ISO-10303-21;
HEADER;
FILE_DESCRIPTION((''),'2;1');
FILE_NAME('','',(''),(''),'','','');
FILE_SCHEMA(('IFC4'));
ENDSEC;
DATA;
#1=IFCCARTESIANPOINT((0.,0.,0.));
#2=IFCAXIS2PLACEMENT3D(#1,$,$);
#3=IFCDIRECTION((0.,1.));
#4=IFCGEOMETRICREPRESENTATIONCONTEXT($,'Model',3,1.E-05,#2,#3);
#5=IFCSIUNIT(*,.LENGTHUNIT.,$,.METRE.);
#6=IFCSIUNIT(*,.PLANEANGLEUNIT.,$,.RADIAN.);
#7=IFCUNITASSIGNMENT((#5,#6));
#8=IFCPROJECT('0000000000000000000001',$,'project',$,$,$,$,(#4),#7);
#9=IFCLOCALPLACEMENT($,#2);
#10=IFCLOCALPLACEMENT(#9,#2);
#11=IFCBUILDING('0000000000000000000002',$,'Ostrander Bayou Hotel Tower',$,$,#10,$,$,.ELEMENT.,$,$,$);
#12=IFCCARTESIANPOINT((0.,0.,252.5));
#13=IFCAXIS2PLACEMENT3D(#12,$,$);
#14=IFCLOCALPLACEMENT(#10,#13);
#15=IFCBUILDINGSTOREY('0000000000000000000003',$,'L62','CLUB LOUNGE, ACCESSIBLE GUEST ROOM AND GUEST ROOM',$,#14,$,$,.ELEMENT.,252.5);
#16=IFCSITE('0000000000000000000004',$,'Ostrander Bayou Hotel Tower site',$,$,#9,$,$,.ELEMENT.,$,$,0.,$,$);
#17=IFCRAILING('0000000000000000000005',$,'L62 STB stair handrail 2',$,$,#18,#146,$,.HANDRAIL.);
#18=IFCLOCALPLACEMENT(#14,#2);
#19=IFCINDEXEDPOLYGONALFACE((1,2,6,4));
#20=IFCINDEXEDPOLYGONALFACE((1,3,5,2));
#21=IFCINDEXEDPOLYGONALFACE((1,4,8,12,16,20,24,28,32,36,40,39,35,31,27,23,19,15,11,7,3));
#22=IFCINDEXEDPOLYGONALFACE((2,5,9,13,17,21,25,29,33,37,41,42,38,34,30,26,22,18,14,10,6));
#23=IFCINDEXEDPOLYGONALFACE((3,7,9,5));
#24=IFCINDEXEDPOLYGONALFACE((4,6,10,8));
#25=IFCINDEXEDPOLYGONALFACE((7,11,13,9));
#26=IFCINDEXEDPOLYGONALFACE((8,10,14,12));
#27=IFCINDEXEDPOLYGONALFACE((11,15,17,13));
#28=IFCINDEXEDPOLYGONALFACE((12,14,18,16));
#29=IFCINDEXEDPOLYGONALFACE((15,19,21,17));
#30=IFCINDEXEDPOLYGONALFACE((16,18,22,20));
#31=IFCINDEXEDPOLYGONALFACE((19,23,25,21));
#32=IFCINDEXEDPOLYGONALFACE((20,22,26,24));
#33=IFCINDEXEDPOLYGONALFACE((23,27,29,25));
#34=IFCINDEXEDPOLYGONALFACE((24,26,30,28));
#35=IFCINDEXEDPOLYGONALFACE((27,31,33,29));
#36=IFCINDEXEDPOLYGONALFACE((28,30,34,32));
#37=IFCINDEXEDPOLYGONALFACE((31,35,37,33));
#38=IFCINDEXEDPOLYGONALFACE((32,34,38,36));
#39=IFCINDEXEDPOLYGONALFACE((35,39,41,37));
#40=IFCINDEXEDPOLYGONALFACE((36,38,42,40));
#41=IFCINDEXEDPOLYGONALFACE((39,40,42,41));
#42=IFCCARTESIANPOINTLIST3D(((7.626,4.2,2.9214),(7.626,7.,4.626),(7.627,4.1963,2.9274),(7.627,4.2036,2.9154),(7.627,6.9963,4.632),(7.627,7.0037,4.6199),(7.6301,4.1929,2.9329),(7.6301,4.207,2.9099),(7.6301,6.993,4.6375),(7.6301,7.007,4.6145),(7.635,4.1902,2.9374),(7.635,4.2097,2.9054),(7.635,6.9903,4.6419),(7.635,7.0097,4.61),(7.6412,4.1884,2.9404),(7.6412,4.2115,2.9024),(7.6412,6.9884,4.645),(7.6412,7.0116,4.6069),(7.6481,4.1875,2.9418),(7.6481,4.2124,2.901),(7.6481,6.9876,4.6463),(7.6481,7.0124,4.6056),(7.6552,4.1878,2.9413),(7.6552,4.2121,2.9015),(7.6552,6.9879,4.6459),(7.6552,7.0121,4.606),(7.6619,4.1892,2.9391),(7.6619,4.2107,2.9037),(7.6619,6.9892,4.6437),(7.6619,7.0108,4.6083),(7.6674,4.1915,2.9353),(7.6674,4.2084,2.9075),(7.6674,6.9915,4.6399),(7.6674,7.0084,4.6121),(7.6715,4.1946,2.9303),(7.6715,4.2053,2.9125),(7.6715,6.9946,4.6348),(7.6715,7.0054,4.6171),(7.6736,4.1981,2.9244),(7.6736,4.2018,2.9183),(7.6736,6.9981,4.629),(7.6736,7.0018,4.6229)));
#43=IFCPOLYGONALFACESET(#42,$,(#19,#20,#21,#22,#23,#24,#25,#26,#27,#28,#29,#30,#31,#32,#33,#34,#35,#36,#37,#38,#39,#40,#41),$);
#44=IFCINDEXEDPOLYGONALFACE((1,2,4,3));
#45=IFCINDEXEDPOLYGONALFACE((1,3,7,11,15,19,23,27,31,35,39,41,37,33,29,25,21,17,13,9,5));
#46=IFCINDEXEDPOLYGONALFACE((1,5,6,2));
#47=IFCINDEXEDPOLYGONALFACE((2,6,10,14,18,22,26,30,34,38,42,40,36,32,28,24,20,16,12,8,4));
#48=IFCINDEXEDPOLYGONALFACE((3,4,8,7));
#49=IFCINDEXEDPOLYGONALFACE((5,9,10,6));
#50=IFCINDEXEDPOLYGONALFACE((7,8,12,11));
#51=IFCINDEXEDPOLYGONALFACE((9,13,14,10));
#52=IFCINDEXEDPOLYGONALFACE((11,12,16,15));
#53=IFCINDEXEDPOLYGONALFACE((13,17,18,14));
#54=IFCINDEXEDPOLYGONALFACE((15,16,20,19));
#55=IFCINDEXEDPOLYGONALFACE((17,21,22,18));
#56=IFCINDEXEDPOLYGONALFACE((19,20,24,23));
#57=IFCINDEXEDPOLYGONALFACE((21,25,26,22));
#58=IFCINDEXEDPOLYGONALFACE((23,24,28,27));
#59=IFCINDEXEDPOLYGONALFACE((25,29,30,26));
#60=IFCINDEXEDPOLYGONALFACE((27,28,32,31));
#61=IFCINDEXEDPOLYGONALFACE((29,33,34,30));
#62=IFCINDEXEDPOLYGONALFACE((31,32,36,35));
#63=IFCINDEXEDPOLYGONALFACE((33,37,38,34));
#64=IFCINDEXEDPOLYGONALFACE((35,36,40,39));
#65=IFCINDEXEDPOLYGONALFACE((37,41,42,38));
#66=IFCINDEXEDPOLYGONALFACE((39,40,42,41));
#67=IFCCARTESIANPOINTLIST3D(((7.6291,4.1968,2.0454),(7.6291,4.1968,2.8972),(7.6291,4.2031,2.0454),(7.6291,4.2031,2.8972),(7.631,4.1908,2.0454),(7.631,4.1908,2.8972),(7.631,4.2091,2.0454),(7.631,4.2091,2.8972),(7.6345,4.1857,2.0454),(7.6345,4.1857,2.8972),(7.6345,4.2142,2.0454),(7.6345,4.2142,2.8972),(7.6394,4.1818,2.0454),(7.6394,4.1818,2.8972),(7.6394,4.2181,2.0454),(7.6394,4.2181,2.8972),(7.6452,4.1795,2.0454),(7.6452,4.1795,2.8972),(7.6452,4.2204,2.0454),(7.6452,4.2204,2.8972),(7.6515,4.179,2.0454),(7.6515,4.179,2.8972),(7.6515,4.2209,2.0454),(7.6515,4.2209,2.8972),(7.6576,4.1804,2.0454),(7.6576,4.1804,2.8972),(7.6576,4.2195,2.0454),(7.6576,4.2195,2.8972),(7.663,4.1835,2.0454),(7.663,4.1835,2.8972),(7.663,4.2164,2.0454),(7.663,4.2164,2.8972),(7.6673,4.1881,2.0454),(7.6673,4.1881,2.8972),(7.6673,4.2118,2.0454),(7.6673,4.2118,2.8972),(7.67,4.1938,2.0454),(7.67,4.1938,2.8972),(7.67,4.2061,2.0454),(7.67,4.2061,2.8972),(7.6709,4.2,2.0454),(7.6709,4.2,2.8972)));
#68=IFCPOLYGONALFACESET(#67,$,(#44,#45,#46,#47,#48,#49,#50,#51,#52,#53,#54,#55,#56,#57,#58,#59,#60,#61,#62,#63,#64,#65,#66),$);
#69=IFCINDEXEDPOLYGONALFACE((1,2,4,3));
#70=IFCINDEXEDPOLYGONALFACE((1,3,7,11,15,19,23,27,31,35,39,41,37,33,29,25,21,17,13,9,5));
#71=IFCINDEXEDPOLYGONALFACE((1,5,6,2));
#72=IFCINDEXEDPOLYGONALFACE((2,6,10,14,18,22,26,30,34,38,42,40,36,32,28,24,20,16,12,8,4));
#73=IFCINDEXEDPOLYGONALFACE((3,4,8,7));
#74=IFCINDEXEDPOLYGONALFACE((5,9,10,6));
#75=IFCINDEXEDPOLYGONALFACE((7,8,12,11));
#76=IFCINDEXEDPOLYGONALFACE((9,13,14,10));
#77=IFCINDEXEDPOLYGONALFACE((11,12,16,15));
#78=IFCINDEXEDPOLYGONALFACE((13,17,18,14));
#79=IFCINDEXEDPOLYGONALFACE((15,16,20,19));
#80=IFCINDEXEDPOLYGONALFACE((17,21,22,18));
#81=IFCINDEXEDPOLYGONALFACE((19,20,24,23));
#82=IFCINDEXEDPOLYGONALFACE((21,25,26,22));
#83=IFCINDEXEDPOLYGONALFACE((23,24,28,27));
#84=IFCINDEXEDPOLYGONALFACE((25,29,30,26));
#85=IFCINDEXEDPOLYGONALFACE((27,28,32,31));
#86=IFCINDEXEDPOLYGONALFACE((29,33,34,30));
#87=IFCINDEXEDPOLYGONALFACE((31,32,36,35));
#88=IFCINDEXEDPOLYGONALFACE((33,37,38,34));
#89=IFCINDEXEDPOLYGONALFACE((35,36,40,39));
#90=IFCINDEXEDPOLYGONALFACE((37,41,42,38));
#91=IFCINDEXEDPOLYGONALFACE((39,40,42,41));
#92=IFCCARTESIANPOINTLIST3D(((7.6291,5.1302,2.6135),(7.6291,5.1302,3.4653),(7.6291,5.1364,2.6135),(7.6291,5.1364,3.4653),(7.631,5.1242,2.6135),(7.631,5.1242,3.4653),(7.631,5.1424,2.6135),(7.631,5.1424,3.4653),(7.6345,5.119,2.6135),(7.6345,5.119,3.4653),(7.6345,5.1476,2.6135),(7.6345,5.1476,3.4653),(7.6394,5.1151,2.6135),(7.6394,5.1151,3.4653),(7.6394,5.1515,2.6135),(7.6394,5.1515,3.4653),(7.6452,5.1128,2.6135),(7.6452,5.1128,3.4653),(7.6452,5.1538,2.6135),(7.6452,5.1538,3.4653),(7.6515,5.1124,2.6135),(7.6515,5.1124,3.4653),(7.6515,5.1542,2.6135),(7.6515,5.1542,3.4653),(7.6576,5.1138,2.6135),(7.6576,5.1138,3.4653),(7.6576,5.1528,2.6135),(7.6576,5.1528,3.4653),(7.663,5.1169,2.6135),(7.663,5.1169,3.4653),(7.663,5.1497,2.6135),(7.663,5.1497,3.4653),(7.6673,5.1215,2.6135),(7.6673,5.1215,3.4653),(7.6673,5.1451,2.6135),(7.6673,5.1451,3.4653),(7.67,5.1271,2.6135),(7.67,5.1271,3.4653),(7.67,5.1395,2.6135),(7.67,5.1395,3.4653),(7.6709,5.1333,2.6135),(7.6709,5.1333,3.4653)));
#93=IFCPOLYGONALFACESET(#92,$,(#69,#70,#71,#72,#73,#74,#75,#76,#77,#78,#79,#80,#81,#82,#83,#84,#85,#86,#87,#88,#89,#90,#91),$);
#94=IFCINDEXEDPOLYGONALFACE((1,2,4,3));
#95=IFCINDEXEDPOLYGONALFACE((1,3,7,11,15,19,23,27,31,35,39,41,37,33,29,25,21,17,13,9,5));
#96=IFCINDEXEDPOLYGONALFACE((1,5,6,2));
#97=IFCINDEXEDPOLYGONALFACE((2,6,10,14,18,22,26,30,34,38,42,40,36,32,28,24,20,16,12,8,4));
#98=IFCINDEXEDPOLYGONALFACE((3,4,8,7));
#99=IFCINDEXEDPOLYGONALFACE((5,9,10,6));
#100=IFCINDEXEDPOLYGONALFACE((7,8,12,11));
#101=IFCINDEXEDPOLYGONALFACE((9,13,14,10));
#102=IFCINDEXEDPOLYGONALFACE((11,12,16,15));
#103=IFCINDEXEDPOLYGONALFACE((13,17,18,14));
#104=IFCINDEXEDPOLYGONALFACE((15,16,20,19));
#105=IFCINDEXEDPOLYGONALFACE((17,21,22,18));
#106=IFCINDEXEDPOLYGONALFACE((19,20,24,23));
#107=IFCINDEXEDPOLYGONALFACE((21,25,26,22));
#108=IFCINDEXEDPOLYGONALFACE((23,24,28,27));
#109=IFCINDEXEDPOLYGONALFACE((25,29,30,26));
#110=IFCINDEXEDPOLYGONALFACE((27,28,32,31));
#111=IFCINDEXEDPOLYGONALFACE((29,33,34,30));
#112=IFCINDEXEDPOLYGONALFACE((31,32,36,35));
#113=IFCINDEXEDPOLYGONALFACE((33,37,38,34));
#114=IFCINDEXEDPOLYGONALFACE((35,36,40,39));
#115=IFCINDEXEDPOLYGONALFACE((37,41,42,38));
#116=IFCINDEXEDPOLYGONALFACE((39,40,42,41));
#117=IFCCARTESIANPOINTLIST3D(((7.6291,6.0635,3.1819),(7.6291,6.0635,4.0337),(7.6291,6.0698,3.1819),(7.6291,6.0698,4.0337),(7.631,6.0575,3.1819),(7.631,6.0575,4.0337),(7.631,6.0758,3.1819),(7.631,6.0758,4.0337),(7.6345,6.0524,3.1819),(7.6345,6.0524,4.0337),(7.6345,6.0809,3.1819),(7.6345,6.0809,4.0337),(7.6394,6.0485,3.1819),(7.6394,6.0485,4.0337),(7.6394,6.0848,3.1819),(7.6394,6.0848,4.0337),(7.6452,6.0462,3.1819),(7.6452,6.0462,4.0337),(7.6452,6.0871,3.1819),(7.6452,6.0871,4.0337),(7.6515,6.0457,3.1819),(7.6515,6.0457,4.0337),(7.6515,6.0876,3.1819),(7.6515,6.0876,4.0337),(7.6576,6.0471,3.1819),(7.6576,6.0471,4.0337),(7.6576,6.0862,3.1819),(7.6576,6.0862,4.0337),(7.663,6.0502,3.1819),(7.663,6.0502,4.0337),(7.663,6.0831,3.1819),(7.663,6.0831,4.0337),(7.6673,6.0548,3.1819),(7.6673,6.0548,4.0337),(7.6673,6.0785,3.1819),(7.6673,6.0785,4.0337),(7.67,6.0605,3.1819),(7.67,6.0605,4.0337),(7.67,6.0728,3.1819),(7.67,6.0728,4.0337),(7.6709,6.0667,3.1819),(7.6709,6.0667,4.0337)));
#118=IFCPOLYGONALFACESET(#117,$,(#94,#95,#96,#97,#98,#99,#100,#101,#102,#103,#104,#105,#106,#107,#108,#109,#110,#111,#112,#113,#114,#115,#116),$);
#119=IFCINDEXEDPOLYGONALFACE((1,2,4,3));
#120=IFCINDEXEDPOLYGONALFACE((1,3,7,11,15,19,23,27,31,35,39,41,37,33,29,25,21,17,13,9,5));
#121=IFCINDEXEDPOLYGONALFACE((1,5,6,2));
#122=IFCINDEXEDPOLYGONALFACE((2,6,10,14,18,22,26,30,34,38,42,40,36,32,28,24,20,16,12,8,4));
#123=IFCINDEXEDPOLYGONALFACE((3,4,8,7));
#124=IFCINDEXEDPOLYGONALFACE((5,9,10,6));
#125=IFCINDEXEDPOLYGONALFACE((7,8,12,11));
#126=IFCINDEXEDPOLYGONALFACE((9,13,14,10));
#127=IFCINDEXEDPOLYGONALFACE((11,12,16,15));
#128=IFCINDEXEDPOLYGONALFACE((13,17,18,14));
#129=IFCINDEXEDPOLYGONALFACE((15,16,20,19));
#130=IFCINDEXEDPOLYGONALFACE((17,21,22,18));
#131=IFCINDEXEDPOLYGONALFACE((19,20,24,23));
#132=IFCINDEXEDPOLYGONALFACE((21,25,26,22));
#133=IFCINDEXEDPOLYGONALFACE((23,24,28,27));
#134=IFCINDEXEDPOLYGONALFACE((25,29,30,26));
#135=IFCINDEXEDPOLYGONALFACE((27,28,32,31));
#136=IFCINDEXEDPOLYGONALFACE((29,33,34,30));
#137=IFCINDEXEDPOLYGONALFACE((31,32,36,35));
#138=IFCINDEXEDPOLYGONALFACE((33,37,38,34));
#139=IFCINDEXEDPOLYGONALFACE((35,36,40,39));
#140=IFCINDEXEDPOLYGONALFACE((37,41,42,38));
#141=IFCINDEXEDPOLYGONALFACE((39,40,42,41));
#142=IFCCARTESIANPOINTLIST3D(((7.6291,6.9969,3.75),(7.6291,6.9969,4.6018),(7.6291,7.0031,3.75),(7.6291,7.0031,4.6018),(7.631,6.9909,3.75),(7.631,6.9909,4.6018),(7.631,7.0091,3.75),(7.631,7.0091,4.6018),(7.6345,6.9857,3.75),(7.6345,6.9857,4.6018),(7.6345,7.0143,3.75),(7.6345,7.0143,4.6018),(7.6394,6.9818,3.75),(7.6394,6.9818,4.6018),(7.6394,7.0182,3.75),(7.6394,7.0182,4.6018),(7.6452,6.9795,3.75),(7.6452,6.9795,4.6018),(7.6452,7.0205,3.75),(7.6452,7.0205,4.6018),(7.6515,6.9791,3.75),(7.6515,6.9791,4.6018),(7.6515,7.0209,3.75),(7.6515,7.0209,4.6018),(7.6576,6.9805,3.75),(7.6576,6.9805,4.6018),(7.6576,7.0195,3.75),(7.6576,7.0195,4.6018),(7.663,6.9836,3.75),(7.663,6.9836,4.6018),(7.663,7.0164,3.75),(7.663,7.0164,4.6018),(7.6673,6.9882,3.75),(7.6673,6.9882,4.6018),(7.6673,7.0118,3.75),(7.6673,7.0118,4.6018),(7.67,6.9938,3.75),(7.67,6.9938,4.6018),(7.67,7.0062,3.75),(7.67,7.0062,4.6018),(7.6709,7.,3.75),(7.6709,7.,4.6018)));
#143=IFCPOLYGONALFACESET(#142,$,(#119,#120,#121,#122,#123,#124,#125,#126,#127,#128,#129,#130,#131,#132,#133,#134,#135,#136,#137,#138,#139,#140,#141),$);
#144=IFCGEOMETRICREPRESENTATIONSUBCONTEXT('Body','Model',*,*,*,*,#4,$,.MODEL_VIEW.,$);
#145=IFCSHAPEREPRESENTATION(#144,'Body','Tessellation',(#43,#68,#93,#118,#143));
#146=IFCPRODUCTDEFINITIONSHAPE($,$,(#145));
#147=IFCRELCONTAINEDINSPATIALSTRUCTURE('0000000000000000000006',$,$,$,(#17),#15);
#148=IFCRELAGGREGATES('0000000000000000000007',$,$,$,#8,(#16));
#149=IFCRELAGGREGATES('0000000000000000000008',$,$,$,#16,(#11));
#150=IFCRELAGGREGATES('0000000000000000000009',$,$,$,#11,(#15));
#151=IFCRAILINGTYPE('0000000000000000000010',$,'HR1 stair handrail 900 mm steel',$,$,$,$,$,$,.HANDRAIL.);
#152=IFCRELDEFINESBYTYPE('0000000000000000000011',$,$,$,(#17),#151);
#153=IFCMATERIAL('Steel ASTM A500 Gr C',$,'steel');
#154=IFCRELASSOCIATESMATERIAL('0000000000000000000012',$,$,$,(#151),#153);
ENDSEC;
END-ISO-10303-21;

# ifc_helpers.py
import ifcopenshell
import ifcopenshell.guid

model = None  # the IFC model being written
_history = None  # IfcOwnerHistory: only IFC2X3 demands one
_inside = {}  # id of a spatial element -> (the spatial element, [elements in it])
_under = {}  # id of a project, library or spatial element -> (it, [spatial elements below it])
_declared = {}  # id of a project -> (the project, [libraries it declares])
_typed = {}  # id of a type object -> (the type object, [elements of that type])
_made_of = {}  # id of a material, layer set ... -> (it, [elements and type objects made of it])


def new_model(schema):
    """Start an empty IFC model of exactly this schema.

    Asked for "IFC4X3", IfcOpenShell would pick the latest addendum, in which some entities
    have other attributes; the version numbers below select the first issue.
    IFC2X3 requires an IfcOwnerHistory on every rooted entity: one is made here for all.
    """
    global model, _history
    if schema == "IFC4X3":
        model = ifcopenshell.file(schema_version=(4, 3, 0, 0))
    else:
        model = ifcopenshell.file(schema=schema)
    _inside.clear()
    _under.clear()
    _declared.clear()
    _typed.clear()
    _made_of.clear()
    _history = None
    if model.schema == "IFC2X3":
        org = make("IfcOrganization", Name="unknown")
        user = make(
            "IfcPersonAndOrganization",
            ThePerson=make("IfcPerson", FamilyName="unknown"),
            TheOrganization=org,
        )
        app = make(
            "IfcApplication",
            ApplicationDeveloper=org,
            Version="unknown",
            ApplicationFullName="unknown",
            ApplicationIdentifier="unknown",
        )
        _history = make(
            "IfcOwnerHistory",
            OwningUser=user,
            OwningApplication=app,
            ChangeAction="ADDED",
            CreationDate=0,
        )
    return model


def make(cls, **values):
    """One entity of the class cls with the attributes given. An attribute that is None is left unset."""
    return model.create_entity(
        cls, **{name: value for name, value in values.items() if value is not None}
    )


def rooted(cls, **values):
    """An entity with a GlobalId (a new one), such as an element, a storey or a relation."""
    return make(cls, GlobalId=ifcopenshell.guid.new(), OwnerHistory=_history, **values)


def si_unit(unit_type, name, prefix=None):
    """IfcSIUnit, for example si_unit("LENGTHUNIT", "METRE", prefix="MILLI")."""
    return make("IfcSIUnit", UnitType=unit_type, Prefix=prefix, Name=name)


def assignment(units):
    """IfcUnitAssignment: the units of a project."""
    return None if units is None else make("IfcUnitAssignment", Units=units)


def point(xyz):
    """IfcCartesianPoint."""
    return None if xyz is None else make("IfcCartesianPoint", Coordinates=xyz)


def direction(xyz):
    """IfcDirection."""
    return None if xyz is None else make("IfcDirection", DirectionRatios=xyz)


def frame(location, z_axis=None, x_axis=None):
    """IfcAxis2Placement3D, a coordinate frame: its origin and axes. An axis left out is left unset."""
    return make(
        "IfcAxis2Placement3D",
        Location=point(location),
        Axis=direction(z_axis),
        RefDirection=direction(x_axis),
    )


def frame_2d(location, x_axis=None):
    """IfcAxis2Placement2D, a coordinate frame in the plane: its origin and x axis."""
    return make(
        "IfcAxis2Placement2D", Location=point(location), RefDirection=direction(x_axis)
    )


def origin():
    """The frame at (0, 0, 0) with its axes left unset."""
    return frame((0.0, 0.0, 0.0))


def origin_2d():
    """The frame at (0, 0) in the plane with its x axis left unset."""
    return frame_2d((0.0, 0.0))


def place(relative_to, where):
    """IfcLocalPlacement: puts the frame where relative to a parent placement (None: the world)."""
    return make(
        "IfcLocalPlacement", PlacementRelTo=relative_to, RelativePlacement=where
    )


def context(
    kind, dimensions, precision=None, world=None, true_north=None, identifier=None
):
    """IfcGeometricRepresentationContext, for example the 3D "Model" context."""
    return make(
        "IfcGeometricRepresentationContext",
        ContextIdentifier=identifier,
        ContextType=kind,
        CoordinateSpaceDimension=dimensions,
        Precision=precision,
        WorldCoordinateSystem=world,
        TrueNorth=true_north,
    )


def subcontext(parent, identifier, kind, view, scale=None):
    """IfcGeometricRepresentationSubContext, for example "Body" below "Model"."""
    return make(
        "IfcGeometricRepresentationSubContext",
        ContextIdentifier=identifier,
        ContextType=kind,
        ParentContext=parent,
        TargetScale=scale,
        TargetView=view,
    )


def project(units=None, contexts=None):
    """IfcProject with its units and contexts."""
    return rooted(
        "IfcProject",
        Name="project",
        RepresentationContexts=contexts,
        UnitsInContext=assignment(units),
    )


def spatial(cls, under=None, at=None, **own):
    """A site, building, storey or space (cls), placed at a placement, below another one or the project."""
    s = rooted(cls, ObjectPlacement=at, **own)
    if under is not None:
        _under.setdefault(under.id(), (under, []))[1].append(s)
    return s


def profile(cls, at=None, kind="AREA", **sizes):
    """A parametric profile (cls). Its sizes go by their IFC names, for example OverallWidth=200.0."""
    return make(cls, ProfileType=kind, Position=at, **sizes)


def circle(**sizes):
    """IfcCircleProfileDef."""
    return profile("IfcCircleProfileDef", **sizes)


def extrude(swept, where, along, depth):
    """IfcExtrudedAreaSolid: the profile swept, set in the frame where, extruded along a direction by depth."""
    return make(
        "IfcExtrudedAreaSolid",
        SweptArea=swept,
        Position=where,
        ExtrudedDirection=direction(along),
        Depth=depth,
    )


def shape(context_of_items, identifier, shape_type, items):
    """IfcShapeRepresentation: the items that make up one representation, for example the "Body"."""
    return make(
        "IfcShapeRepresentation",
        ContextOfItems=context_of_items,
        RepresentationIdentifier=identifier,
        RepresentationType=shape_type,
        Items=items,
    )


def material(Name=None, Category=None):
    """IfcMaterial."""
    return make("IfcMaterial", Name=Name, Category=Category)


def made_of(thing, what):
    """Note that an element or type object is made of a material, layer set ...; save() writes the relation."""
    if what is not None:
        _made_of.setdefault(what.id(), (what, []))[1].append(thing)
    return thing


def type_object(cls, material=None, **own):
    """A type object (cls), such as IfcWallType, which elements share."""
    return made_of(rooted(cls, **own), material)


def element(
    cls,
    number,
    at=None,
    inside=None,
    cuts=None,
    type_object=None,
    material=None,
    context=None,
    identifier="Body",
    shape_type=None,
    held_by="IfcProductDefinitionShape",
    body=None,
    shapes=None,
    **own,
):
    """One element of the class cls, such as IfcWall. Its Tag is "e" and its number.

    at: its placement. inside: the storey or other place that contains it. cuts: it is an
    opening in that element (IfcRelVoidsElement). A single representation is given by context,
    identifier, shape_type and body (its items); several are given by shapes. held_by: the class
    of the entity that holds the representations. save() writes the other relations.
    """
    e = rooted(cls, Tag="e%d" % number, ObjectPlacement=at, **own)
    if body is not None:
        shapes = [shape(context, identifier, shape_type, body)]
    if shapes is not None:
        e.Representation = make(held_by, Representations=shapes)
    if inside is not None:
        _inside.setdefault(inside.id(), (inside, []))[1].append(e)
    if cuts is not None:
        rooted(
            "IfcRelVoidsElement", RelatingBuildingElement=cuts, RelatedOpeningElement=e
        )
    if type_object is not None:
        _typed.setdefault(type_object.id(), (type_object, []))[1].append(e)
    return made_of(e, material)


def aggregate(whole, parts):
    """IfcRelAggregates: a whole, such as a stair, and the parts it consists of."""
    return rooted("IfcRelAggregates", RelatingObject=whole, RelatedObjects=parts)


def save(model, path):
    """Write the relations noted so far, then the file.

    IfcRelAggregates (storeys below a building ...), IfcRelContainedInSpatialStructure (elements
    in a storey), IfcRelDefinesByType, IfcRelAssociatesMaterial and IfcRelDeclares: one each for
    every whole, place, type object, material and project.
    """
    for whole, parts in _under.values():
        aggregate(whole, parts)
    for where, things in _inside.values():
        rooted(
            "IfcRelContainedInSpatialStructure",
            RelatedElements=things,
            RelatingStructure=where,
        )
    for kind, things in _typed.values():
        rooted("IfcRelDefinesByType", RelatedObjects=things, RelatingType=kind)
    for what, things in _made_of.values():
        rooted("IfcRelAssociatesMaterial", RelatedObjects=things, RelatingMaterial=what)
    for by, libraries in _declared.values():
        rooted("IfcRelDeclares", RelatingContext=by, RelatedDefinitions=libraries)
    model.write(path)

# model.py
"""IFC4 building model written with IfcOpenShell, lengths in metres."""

from ifc_helpers import new_model, si_unit, direction, frame, origin, origin_2d, place, context, subcontext, project, spatial, circle, extrude, material, type_object, element, save


model = new_model("IFC4")

# Units and contexts
model_context = context("Model", 3, precision=1e-05, world=origin(), true_north=direction((0.0, 1.0)))
body_context = subcontext(model_context, "Body", "Model", "MODEL_VIEW")
ifc_project = project(units=[si_unit("LENGTHUNIT", "METRE"), si_unit("PLANEANGLEUNIT", "RADIAN")], contexts=[model_context])

# Site, building, storey
site_placement = place(None, origin())
site = spatial("IfcSite", under=ifc_project, at=site_placement, Name="Ostrander Bayou Hotel Tower site", CompositionType="ELEMENT", RefElevation=0.0)
building_placement = place(site_placement, origin())
building = spatial("IfcBuilding", under=site, at=building_placement, Name="Ostrander Bayou Hotel Tower", CompositionType="ELEMENT")
storey_placement = place(building_placement, frame((0.0, 0.0, 252.5)))
storey = spatial("IfcBuildingStorey", under=building, at=storey_placement, Name="L62", Description="CLUB LOUNGE, ACCESSIBLE GUEST ROOM AND GUEST ROOM", CompositionType="ELEMENT", Elevation=252.5)

# Railing
ifc_material_1 = material(Name="Steel ASTM A500 Gr C", Category="steel")
railing_type_1 = type_object("IfcRailingType", Name="HR1 stair handrail 900 mm steel", PredefinedType="HANDRAIL", material=ifc_material_1)
railing_1_placement = place(storey_placement, frame((7.6499, 4.2, 2.0454)))
element("IfcRailing", 1, at=railing_1_placement, inside=storey, type_object=railing_type_1, Name="L62 STB stair handrail 2", PredefinedType="HANDRAIL", context=body_context, shape_type="SweptSolid", body=[
    extrude(circle(Radius=0.0239, at=origin_2d()), frame((0.0, 0.0, 0.876), z_axis=(0.0, 0.85417, 0.519994), x_axis=(-1.0, 0.0, 0.0)), (0.0, 0.0, 1.0), 3.2781),
    extrude(circle(Radius=0.021, at=origin_2d()), origin(), (0.0, 0.0, 1.0), 0.8518),
    extrude(circle(Radius=0.021, at=origin_2d()), frame((0.0, 0.9333, 0.5681)), (0.0, 0.0, 1.0), 0.8518),
    extrude(circle(Radius=0.021, at=origin_2d()), frame((0.0, 1.8667, 1.1365)), (0.0, 0.0, 1.0), 0.8518),
    extrude(circle(Radius=0.021, at=origin_2d()), frame((0.0, 2.8, 1.7046)), (0.0, 0.0, 1.0), 0.8518),
])

save(model, "model.ifc")
